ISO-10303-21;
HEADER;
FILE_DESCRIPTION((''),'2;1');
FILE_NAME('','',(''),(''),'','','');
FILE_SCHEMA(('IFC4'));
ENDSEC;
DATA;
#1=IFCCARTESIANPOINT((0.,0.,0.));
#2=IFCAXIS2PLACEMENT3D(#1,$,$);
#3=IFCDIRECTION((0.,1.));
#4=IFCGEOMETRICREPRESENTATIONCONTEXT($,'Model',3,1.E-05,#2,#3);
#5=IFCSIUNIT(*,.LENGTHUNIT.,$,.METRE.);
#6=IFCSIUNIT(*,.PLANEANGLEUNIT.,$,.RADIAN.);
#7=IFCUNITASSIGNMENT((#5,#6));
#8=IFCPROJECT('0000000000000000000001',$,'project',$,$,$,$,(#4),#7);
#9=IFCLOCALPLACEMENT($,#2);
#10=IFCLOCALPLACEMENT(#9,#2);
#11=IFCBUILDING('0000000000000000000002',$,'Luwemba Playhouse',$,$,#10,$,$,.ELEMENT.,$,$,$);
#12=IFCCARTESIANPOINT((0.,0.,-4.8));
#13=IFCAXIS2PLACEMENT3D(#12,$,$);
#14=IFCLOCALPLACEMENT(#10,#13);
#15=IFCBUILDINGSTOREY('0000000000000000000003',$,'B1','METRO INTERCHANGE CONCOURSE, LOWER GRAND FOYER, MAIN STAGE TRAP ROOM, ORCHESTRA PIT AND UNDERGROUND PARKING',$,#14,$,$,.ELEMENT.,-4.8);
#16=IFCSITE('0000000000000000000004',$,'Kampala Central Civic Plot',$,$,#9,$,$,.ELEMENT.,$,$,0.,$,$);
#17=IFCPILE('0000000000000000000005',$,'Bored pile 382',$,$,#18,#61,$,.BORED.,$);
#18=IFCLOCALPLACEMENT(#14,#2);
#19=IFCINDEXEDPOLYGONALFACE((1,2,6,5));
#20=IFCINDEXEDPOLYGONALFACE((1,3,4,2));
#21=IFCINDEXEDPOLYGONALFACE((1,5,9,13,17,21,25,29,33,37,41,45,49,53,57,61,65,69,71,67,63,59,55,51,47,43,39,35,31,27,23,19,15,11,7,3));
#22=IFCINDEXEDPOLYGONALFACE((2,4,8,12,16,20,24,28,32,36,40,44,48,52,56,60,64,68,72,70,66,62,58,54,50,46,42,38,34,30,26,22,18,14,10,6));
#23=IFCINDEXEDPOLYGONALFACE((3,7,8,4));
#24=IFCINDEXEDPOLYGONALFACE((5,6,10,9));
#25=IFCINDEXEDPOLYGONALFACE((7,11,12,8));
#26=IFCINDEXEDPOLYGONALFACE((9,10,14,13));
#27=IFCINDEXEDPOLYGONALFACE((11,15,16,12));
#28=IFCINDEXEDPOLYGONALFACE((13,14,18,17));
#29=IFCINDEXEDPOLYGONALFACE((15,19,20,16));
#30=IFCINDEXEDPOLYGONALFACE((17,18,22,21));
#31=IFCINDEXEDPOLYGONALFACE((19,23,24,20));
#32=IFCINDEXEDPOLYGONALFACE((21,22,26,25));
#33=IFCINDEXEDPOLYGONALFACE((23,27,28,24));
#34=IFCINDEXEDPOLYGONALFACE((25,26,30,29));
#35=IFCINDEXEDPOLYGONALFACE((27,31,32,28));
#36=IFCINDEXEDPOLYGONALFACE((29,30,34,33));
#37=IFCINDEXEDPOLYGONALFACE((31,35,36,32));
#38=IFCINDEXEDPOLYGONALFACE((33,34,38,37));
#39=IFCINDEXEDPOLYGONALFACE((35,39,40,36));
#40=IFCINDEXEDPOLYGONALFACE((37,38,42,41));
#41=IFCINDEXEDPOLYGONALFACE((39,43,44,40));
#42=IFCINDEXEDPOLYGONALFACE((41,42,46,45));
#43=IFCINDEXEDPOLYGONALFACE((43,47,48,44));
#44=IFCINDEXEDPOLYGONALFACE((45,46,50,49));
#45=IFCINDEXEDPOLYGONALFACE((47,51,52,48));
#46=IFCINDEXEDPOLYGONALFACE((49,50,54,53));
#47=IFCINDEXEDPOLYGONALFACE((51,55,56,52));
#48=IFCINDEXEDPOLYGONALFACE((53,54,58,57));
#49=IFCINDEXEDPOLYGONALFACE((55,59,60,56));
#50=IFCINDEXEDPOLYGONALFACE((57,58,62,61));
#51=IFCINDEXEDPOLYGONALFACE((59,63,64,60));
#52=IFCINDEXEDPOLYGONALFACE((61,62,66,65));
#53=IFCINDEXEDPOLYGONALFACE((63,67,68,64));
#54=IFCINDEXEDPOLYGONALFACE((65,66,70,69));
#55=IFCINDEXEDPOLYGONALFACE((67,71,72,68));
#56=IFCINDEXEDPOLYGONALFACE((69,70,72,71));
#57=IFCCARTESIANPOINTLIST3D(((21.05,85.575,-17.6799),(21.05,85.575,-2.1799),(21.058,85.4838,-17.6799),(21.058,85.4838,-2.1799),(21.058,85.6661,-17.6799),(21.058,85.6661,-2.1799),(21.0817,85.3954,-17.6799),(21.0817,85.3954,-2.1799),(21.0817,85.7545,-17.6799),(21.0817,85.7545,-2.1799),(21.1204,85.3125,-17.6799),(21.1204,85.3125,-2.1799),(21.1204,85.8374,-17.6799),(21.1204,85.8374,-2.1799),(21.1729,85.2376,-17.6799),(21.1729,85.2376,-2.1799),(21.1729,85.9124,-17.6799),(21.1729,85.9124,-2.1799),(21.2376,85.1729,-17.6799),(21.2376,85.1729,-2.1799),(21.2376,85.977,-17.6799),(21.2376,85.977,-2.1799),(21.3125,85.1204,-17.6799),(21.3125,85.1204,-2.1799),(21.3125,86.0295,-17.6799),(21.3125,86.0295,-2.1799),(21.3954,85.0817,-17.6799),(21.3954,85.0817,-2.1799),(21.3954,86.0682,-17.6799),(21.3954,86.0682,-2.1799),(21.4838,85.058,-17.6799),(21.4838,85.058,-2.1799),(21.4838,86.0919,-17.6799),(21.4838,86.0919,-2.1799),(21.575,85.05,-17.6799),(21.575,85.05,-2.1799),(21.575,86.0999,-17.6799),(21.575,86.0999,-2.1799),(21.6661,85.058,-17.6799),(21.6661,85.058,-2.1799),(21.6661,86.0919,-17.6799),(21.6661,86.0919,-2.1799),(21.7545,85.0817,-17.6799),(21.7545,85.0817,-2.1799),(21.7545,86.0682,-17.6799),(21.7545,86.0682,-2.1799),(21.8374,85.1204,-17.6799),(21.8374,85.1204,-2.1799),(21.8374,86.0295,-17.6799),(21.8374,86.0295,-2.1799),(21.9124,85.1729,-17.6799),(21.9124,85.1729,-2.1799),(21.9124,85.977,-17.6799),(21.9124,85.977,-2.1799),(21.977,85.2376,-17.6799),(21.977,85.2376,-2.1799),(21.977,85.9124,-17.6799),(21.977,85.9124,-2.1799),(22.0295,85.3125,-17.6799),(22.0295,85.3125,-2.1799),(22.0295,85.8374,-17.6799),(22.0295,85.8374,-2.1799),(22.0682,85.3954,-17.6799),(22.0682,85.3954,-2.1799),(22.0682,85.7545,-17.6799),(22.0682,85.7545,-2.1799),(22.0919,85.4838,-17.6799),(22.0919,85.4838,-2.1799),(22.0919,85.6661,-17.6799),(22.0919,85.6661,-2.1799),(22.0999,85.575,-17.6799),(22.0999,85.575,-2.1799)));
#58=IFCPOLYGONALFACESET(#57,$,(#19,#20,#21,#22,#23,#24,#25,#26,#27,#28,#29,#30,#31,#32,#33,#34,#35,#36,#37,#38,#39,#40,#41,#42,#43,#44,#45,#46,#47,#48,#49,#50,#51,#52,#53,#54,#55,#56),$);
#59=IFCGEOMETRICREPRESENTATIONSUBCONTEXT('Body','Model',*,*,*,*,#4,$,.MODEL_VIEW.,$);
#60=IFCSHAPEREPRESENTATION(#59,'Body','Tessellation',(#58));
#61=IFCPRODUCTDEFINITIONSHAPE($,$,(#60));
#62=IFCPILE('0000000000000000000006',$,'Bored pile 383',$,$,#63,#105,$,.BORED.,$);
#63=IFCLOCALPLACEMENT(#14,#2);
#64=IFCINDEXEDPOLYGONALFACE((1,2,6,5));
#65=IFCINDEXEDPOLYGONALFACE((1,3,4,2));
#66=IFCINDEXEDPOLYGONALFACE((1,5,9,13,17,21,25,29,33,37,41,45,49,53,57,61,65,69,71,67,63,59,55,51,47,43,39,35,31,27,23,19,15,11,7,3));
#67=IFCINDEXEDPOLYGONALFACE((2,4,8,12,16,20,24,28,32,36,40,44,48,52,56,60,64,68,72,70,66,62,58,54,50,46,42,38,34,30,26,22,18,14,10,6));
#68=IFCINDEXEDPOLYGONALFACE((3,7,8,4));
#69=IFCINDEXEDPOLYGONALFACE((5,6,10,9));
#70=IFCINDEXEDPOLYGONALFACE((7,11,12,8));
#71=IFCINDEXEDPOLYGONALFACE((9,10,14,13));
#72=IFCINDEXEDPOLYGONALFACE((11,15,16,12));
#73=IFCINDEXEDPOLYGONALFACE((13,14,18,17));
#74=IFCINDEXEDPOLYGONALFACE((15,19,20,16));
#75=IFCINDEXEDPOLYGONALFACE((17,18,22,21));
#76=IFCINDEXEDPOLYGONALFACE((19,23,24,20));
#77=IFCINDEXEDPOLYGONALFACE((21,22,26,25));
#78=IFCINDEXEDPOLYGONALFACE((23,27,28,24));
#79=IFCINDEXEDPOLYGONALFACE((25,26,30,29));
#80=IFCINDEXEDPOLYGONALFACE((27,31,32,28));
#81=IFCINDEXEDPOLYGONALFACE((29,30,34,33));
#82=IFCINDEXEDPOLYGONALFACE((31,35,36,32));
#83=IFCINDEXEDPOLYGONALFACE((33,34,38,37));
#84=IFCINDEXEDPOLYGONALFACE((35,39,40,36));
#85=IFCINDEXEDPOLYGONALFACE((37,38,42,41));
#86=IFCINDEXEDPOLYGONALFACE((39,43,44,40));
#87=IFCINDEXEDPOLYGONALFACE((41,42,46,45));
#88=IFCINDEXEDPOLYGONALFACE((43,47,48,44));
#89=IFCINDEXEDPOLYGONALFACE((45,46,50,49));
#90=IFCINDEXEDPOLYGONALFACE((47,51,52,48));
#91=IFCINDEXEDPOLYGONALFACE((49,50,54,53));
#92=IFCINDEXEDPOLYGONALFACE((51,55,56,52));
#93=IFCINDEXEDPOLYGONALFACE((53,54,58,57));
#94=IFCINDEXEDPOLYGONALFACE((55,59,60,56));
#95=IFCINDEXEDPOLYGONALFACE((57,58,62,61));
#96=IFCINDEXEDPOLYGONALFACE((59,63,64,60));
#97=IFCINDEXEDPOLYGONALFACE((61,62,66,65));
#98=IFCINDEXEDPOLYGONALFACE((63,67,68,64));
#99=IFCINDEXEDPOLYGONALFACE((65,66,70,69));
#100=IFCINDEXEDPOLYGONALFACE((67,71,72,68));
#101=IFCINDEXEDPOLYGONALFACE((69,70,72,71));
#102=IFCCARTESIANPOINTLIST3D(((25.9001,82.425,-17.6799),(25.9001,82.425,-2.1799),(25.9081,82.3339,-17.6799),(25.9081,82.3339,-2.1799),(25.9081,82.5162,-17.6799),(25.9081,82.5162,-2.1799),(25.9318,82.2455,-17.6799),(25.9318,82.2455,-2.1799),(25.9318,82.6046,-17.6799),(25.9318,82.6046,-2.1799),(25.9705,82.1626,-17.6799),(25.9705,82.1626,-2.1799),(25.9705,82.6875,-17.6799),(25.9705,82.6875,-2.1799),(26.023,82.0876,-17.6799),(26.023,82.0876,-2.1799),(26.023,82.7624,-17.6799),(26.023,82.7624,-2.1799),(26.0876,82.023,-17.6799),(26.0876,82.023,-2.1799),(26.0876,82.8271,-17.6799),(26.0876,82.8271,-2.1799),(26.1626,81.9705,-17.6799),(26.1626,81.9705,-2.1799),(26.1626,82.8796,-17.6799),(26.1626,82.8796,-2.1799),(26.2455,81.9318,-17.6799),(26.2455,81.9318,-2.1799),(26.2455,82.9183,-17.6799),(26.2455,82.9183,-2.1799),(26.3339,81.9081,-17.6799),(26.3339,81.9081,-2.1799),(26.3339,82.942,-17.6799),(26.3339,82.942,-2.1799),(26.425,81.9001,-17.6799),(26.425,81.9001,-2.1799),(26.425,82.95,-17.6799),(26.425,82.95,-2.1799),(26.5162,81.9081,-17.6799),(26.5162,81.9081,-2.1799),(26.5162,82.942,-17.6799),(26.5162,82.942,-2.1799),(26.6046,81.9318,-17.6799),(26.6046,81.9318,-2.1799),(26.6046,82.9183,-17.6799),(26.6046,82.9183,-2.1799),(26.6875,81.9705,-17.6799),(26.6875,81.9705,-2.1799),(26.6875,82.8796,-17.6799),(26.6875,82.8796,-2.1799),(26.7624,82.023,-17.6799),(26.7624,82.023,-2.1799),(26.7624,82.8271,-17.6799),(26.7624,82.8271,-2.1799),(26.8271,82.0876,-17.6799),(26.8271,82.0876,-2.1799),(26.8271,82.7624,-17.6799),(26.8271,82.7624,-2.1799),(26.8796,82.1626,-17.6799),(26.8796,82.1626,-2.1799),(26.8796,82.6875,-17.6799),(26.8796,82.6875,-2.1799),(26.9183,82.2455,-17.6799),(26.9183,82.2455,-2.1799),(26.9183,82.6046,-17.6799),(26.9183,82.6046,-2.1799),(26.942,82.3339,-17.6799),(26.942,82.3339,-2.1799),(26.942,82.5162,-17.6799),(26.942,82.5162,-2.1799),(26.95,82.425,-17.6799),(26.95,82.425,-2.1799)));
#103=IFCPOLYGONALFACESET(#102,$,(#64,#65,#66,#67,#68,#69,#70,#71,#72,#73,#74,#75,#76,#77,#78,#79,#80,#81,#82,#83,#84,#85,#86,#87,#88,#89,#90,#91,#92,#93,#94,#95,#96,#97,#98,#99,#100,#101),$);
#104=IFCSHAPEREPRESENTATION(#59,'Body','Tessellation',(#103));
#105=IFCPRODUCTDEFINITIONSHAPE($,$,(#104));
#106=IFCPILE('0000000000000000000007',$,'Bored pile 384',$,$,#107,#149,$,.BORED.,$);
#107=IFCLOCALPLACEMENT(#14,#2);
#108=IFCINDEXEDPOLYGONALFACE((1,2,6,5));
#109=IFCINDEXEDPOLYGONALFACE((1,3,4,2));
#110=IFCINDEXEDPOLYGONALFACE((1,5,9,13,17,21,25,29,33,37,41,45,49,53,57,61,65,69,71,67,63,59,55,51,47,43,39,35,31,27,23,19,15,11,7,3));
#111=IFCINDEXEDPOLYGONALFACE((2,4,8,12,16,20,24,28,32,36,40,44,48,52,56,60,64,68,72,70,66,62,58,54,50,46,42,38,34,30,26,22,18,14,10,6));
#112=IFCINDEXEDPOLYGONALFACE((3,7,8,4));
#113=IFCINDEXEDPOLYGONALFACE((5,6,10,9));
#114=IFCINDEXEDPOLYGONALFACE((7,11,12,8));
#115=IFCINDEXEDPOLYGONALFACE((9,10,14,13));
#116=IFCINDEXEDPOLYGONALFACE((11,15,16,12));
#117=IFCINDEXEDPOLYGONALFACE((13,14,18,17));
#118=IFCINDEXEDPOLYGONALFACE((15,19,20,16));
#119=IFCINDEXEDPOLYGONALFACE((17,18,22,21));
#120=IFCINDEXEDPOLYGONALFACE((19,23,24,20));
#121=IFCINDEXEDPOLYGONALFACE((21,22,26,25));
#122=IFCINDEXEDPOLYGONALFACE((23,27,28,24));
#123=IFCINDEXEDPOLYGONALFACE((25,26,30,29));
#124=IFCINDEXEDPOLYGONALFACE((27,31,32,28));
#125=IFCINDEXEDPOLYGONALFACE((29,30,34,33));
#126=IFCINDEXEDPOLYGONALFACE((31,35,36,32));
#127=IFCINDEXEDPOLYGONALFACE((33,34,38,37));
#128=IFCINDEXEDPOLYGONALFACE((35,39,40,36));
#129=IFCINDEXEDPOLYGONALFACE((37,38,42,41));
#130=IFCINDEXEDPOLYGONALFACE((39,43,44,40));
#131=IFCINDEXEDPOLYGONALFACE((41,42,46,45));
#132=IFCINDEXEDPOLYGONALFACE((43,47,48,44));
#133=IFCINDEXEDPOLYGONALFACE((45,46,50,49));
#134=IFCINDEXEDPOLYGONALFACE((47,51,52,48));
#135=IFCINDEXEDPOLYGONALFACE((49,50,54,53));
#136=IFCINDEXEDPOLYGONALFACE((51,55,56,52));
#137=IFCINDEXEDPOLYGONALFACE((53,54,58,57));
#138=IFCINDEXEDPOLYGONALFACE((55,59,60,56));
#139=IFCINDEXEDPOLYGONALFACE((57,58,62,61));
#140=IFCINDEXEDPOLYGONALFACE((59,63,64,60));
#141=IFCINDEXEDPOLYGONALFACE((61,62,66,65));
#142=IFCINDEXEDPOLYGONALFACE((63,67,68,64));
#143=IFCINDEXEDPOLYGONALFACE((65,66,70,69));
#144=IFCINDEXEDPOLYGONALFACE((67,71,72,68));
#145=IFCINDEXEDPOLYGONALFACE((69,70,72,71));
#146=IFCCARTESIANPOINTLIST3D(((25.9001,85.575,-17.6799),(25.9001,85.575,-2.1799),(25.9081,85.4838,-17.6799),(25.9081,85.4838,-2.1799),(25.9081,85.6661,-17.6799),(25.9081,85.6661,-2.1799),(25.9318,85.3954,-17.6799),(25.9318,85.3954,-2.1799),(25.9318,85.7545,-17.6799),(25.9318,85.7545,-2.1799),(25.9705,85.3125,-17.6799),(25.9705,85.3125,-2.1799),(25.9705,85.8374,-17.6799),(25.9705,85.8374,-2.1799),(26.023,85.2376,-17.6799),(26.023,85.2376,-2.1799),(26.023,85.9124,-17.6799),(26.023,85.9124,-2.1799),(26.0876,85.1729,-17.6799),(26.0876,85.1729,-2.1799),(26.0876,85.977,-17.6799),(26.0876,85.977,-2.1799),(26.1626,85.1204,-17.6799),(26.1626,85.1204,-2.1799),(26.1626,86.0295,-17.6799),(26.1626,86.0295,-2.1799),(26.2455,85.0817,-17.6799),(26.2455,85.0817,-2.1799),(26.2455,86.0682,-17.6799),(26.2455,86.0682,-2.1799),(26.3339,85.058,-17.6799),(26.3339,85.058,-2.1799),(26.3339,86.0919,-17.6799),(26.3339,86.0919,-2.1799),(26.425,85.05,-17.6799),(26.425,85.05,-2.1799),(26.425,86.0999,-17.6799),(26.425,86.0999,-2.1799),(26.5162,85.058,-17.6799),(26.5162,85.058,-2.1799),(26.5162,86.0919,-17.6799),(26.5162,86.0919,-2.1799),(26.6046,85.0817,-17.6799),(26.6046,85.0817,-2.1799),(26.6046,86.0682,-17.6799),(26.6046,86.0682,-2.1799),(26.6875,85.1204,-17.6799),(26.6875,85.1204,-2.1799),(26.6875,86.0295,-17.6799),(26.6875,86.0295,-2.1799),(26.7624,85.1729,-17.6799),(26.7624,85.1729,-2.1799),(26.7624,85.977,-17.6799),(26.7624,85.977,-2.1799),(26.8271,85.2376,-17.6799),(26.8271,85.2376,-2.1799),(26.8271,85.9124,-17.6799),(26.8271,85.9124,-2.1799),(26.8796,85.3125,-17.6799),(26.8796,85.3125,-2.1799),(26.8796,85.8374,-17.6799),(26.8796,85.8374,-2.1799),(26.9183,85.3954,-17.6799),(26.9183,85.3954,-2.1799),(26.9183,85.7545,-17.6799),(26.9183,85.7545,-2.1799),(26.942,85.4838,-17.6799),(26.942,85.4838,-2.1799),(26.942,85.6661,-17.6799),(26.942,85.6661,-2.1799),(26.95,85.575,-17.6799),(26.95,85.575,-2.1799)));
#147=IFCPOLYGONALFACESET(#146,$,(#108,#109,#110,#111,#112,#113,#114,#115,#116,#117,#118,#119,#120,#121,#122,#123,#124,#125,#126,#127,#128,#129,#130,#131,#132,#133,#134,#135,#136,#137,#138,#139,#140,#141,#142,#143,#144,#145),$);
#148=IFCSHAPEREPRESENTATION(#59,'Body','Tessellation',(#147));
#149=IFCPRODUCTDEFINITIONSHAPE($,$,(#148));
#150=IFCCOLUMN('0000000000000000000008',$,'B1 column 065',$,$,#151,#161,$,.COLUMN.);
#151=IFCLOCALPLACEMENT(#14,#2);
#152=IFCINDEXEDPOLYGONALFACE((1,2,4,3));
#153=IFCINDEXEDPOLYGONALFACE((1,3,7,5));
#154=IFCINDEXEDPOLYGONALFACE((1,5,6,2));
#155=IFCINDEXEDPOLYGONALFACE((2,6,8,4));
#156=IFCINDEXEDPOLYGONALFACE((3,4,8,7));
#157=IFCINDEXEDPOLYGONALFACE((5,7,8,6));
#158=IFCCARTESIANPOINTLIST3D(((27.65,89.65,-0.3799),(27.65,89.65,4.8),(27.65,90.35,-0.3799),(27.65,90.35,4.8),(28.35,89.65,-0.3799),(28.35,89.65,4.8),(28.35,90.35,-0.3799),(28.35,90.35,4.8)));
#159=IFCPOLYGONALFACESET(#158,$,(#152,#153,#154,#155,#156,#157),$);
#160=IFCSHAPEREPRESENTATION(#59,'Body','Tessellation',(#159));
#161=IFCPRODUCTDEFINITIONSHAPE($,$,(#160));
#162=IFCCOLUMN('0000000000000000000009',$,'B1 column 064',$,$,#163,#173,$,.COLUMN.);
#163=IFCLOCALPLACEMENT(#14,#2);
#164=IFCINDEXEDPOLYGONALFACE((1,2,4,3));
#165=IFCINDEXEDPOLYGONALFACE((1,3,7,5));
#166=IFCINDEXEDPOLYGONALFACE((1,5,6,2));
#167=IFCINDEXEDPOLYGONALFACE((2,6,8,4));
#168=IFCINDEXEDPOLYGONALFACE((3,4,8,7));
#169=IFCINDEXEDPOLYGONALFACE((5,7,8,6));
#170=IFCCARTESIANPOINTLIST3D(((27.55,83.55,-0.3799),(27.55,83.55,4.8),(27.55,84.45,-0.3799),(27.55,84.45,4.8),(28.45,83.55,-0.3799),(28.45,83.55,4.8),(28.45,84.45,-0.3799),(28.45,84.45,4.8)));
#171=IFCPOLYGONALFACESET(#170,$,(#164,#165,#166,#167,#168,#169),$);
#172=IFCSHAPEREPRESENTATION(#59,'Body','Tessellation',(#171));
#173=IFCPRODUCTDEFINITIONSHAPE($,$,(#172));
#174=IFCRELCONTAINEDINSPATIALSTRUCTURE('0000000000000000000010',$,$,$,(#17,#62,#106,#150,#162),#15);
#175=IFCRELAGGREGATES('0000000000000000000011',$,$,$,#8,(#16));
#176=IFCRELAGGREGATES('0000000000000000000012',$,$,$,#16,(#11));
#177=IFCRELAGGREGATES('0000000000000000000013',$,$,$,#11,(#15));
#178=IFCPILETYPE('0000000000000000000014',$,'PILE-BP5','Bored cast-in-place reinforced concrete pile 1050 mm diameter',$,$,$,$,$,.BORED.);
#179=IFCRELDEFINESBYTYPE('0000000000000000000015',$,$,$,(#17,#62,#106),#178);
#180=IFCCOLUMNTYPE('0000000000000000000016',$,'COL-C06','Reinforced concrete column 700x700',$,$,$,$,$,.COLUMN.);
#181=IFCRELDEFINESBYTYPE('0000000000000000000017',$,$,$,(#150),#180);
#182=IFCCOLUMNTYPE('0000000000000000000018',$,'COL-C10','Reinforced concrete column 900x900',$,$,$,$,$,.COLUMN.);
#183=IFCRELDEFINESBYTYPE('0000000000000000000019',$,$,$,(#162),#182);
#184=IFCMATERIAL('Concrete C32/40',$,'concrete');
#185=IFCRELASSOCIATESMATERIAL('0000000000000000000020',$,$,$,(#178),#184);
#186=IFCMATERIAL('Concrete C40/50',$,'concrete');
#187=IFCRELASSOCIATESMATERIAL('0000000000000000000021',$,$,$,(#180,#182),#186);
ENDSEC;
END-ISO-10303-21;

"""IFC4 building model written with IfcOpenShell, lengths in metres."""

from ifc_helpers import new_model, si_unit, direction, frame, origin, origin_2d, place, context, subcontext, project, spatial, rectangle, circle, extrude, material, material_profile, profile_set, type_object, element, save


model = new_model("IFC4")

# Units and contexts
model_context = context("Model", 3, precision=1e-05, world=origin(), true_north=direction((0.0, 1.0)))
body_context = subcontext(model_context, "Body", "Model", "MODEL_VIEW")
ifc_project = project(units=[si_unit("LENGTHUNIT", "METRE"), si_unit("PLANEANGLEUNIT", "RADIAN")], contexts=[model_context])

# Site, building, storey
site_placement = place(None, origin())
site = spatial("IfcSite", under=ifc_project, at=site_placement, Name="Kampala Central Civic Plot", CompositionType="ELEMENT", RefElevation=0.0)
building_placement = place(site_placement, origin())
building = spatial("IfcBuilding", under=site, at=building_placement, Name="Luwemba Playhouse", CompositionType="ELEMENT")
storey_placement = place(building_placement, frame((0.0, 0.0, -4.8)))
storey = spatial("IfcBuildingStorey", under=building, at=storey_placement, Name="B1", Description="METRO INTERCHANGE CONCOURSE, LOWER GRAND FOYER, MAIN STAGE TRAP ROOM, ORCHESTRA PIT AND UNDERGROUND PARKING", CompositionType="ELEMENT", Elevation=-4.8)

# Shared definitions
ifc_material_1 = material(Name="Concrete C32/40", Category="concrete")

# Piles
ifc_material_profile_1 = material_profile(ifc_material_1, circle(Radius=0.5249, at=origin_2d()))
ifc_profile_set_1 = profile_set([ifc_material_profile_1], Name="Concrete C32/40")
pile_type_1 = type_object("IfcPileType", Name="PILE-BP5", Description="Bored cast-in-place reinforced concrete pile 1050 mm diameter", PredefinedType="BORED", material=ifc_profile_set_1)
for number, where, z_axis, x_axis, name in (
    (1, (21.575, 85.575, -2.1799), (0.0, 0.0, -1.0), (1.0, 0.0, 0.0), "Bored pile 382"),
    (2, (26.425, 82.425, -2.1799), (0.0, 0.0, -1.0), (1.0, 0.0, 0.0), "Bored pile 383"),
    (3, (26.425, 85.575, -2.1799), (0.0, 0.0, -1.0), (1.0, 0.0, 0.0), "Bored pile 384"),
):
    element("IfcPile", number, at=place(storey_placement, frame(where, z_axis=z_axis, x_axis=x_axis)), inside=storey, type_object=pile_type_1, Name=name, PredefinedType="BORED", context=body_context, shape_type="SweptSolid", body=[
        extrude(circle(Radius=0.5249, at=origin_2d()), origin(), (0.0, 0.0, 1.0), 15.5),
    ])

# Columns
ifc_material_2 = material(Name="Concrete C40/50", Category="concrete")
ifc_material_profile_2 = material_profile(ifc_material_2, rectangle(XDim=0.7, YDim=0.7, at=origin_2d()))
ifc_profile_set_2 = profile_set([ifc_material_profile_2], Name="Concrete C40/50")
column_type_1 = type_object("IfcColumnType", Name="COL-C06", Description="Reinforced concrete column 700x700", PredefinedType="COLUMN", material=ifc_profile_set_2)
column_1_placement = place(storey_placement, frame((28.0, 90.0, -0.3799), z_axis=(0.0, 0.0, 1.0), x_axis=(1.0, 0.0, 0.0)))
element("IfcColumn", 4, at=column_1_placement, inside=storey, type_object=column_type_1, Name="B1 column 065", PredefinedType="COLUMN", context=body_context, shape_type="SweptSolid", body=[
    extrude(rectangle(XDim=0.7, YDim=0.7, at=origin_2d()), origin(), (0.0, 0.0, 1.0), 5.1799),
])
ifc_material_profile_3 = material_profile(ifc_material_2, rectangle(XDim=0.8999, YDim=0.8999, at=origin_2d()))
ifc_profile_set_3 = profile_set([ifc_material_profile_3], Name="Concrete C40/50")
column_type_2 = type_object("IfcColumnType", Name="COL-C10", Description="Reinforced concrete column 900x900", PredefinedType="COLUMN", material=ifc_profile_set_3)
column_2_placement = place(storey_placement, frame((28.0, 84.0, -0.3799), z_axis=(0.0, 0.0, 1.0), x_axis=(1.0, 0.0, 0.0)))
element("IfcColumn", 5, at=column_2_placement, inside=storey, type_object=column_type_2, Name="B1 column 064", PredefinedType="COLUMN", context=body_context, shape_type="SweptSolid", body=[
    extrude(rectangle(XDim=0.8999, YDim=0.8999, at=origin_2d()), origin(), (0.0, 0.0, 1.0), 5.1799),
])

save(model, "model.ifc")
